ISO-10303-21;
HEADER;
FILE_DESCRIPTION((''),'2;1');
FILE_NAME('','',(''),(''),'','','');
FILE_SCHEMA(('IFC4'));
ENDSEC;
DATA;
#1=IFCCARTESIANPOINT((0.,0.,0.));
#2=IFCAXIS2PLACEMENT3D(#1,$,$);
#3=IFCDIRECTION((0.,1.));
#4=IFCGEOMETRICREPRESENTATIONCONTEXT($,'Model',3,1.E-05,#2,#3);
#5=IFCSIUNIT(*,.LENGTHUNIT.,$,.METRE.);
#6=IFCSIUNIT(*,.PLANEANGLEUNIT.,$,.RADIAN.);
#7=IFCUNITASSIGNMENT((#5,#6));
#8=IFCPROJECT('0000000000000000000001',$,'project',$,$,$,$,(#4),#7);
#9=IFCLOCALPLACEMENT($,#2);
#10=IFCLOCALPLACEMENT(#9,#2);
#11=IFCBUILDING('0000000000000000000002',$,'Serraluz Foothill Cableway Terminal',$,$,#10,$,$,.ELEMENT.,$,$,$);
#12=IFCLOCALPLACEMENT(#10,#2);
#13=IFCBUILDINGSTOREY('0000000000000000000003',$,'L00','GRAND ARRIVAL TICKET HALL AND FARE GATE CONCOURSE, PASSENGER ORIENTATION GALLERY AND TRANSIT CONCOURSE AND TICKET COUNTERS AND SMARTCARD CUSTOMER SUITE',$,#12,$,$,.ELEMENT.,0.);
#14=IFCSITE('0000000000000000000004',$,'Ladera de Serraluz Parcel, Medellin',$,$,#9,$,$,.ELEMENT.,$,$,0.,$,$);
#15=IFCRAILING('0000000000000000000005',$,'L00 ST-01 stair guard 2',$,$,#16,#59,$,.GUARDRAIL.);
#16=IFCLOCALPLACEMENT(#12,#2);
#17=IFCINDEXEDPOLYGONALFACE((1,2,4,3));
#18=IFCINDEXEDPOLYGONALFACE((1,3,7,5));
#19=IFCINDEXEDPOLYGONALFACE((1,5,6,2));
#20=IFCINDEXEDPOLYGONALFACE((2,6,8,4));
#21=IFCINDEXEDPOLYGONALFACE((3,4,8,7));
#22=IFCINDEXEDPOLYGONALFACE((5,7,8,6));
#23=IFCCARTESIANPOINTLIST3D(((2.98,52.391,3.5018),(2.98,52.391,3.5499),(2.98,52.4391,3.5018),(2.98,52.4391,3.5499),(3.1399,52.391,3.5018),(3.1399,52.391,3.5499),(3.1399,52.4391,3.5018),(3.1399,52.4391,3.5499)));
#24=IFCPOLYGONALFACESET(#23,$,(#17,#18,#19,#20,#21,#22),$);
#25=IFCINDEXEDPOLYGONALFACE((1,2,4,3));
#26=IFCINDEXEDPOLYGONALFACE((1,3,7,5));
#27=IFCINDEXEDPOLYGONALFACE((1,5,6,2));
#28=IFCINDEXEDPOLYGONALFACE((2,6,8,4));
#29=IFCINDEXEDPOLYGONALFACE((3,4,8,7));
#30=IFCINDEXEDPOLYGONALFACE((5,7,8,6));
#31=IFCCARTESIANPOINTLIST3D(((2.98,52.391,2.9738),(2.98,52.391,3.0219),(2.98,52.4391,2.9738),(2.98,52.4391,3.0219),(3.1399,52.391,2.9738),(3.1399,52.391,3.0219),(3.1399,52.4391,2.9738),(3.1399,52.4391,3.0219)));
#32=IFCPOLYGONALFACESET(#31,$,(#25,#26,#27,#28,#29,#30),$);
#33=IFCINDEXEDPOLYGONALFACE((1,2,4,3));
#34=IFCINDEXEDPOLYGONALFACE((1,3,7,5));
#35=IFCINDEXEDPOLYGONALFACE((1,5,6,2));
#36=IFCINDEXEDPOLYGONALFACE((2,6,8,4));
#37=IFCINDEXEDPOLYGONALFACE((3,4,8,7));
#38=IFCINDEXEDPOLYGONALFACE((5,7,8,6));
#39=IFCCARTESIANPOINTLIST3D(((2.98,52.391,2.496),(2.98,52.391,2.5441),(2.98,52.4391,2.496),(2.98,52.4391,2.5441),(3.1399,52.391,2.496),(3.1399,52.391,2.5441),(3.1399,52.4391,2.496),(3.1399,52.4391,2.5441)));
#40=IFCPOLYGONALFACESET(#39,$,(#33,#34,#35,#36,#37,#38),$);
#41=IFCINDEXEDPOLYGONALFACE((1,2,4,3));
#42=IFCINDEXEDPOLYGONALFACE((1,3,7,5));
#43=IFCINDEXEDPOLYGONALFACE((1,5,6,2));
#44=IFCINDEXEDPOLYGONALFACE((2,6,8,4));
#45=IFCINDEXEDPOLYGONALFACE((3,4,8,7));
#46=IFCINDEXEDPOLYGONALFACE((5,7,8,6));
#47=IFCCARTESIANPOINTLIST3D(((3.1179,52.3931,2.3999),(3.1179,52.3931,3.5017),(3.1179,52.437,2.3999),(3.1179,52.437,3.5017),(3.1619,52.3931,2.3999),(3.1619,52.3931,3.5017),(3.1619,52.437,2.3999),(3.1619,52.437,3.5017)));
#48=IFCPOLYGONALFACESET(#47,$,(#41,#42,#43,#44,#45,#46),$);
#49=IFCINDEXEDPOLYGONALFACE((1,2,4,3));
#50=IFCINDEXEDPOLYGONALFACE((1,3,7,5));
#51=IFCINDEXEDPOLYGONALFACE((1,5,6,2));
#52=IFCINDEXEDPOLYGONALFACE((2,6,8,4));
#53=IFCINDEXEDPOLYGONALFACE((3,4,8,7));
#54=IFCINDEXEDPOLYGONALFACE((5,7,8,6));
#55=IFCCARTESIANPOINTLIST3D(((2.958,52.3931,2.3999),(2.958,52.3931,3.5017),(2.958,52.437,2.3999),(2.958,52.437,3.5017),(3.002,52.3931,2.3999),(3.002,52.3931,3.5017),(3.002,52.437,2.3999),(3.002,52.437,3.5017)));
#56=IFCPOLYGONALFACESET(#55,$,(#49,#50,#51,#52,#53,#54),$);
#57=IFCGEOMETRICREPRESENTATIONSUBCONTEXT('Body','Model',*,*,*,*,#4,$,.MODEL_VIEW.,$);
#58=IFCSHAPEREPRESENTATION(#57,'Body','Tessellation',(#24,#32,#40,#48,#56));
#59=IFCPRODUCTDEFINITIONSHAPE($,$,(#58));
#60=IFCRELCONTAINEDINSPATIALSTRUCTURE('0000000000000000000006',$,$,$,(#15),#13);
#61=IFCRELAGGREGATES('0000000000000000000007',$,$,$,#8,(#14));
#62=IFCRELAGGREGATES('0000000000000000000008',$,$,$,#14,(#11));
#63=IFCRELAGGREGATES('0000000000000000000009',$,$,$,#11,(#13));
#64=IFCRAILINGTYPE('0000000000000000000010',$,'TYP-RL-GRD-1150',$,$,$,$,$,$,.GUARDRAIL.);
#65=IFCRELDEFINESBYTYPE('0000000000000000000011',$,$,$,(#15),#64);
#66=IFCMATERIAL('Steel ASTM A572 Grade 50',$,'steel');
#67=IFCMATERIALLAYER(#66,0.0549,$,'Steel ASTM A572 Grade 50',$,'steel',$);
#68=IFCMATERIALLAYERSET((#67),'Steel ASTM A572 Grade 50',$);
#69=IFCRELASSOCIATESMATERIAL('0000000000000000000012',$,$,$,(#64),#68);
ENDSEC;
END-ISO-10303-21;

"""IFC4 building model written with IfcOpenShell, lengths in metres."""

from ifc_helpers import new_model, si_unit, direction, frame, origin, origin_2d, place, context, subcontext, project, spatial, rectangle, extrude, material, layer, layer_set, type_object, element, save


model = new_model("IFC4")

# Units and contexts
model_context = context("Model", 3, precision=1e-05, world=origin(), true_north=direction((0.0, 1.0)))
body_context = subcontext(model_context, "Body", "Model", "MODEL_VIEW")
ifc_project = project(units=[si_unit("LENGTHUNIT", "METRE"), si_unit("PLANEANGLEUNIT", "RADIAN")], contexts=[model_context])

# Site, building, storey
site_placement = place(None, origin())
site = spatial("IfcSite", under=ifc_project, at=site_placement, Name="Ladera de Serraluz Parcel, Medellin", CompositionType="ELEMENT", RefElevation=0.0)
building_placement = place(site_placement, origin())
building = spatial("IfcBuilding", under=site, at=building_placement, Name="Serraluz Foothill Cableway Terminal", CompositionType="ELEMENT")
storey_placement = place(building_placement, origin())
storey = spatial("IfcBuildingStorey", under=building, at=storey_placement, Name="L00", Description="GRAND ARRIVAL TICKET HALL AND FARE GATE CONCOURSE, PASSENGER ORIENTATION GALLERY AND TRANSIT CONCOURSE AND TICKET COUNTERS AND SMARTCARD CUSTOMER SUITE", CompositionType="ELEMENT", Elevation=0.0)

# Railing
ifc_material_1 = material(Name="Steel ASTM A572 Grade 50", Category="steel")
ifc_layer_1 = layer(ifc_material_1, 0.0549, Name="Steel ASTM A572 Grade 50", Category="steel")
ifc_layer_set_1 = layer_set([ifc_layer_1], Name="Steel ASTM A572 Grade 50")
railing_type_1 = type_object("IfcRailingType", Name="TYP-RL-GRD-1150", PredefinedType="GUARDRAIL", material=ifc_layer_set_1)
railing_1_placement = place(storey_placement, frame((3.1399, 52.415, 2.3999)))
element("IfcRailing", 1, at=railing_1_placement, inside=storey, type_object=railing_type_1, Name="L00 ST-01 stair guard 2", PredefinedType="GUARDRAIL", context=body_context, shape_type="SweptSolid", body=[
    extrude(rectangle(XDim=0.0481, YDim=0.0481, at=origin_2d()), frame((0.0, 0.0, 1.126), z_axis=(-1.0, 0.0, 0.0), x_axis=(0.0, -1.0, 0.0)), (0.0, 0.0, 1.0), 0.1599),
    extrude(rectangle(XDim=0.0481, YDim=0.0481, at=origin_2d()), frame((0.0, 0.0, 0.5979), z_axis=(-1.0, 0.0, 0.0), x_axis=(0.0, -1.0, 0.0)), (0.0, 0.0, 1.0), 0.1599),
    extrude(rectangle(XDim=0.0481, YDim=0.0481, at=origin_2d()), frame((0.0, 0.0, 0.1201), z_axis=(-1.0, 0.0, 0.0), x_axis=(0.0, -1.0, 0.0)), (0.0, 0.0, 1.0), 0.1599),
    extrude(rectangle(XDim=0.0439, YDim=0.0439, at=origin_2d()), origin(), (0.0, 0.0, 1.0), 1.1018),
    extrude(rectangle(XDim=0.0439, YDim=0.0439, at=origin_2d()), frame((-0.1599, 0.0, 0.0)), (0.0, 0.0, 1.0), 1.1018),
])

save(model, "model.ifc")
